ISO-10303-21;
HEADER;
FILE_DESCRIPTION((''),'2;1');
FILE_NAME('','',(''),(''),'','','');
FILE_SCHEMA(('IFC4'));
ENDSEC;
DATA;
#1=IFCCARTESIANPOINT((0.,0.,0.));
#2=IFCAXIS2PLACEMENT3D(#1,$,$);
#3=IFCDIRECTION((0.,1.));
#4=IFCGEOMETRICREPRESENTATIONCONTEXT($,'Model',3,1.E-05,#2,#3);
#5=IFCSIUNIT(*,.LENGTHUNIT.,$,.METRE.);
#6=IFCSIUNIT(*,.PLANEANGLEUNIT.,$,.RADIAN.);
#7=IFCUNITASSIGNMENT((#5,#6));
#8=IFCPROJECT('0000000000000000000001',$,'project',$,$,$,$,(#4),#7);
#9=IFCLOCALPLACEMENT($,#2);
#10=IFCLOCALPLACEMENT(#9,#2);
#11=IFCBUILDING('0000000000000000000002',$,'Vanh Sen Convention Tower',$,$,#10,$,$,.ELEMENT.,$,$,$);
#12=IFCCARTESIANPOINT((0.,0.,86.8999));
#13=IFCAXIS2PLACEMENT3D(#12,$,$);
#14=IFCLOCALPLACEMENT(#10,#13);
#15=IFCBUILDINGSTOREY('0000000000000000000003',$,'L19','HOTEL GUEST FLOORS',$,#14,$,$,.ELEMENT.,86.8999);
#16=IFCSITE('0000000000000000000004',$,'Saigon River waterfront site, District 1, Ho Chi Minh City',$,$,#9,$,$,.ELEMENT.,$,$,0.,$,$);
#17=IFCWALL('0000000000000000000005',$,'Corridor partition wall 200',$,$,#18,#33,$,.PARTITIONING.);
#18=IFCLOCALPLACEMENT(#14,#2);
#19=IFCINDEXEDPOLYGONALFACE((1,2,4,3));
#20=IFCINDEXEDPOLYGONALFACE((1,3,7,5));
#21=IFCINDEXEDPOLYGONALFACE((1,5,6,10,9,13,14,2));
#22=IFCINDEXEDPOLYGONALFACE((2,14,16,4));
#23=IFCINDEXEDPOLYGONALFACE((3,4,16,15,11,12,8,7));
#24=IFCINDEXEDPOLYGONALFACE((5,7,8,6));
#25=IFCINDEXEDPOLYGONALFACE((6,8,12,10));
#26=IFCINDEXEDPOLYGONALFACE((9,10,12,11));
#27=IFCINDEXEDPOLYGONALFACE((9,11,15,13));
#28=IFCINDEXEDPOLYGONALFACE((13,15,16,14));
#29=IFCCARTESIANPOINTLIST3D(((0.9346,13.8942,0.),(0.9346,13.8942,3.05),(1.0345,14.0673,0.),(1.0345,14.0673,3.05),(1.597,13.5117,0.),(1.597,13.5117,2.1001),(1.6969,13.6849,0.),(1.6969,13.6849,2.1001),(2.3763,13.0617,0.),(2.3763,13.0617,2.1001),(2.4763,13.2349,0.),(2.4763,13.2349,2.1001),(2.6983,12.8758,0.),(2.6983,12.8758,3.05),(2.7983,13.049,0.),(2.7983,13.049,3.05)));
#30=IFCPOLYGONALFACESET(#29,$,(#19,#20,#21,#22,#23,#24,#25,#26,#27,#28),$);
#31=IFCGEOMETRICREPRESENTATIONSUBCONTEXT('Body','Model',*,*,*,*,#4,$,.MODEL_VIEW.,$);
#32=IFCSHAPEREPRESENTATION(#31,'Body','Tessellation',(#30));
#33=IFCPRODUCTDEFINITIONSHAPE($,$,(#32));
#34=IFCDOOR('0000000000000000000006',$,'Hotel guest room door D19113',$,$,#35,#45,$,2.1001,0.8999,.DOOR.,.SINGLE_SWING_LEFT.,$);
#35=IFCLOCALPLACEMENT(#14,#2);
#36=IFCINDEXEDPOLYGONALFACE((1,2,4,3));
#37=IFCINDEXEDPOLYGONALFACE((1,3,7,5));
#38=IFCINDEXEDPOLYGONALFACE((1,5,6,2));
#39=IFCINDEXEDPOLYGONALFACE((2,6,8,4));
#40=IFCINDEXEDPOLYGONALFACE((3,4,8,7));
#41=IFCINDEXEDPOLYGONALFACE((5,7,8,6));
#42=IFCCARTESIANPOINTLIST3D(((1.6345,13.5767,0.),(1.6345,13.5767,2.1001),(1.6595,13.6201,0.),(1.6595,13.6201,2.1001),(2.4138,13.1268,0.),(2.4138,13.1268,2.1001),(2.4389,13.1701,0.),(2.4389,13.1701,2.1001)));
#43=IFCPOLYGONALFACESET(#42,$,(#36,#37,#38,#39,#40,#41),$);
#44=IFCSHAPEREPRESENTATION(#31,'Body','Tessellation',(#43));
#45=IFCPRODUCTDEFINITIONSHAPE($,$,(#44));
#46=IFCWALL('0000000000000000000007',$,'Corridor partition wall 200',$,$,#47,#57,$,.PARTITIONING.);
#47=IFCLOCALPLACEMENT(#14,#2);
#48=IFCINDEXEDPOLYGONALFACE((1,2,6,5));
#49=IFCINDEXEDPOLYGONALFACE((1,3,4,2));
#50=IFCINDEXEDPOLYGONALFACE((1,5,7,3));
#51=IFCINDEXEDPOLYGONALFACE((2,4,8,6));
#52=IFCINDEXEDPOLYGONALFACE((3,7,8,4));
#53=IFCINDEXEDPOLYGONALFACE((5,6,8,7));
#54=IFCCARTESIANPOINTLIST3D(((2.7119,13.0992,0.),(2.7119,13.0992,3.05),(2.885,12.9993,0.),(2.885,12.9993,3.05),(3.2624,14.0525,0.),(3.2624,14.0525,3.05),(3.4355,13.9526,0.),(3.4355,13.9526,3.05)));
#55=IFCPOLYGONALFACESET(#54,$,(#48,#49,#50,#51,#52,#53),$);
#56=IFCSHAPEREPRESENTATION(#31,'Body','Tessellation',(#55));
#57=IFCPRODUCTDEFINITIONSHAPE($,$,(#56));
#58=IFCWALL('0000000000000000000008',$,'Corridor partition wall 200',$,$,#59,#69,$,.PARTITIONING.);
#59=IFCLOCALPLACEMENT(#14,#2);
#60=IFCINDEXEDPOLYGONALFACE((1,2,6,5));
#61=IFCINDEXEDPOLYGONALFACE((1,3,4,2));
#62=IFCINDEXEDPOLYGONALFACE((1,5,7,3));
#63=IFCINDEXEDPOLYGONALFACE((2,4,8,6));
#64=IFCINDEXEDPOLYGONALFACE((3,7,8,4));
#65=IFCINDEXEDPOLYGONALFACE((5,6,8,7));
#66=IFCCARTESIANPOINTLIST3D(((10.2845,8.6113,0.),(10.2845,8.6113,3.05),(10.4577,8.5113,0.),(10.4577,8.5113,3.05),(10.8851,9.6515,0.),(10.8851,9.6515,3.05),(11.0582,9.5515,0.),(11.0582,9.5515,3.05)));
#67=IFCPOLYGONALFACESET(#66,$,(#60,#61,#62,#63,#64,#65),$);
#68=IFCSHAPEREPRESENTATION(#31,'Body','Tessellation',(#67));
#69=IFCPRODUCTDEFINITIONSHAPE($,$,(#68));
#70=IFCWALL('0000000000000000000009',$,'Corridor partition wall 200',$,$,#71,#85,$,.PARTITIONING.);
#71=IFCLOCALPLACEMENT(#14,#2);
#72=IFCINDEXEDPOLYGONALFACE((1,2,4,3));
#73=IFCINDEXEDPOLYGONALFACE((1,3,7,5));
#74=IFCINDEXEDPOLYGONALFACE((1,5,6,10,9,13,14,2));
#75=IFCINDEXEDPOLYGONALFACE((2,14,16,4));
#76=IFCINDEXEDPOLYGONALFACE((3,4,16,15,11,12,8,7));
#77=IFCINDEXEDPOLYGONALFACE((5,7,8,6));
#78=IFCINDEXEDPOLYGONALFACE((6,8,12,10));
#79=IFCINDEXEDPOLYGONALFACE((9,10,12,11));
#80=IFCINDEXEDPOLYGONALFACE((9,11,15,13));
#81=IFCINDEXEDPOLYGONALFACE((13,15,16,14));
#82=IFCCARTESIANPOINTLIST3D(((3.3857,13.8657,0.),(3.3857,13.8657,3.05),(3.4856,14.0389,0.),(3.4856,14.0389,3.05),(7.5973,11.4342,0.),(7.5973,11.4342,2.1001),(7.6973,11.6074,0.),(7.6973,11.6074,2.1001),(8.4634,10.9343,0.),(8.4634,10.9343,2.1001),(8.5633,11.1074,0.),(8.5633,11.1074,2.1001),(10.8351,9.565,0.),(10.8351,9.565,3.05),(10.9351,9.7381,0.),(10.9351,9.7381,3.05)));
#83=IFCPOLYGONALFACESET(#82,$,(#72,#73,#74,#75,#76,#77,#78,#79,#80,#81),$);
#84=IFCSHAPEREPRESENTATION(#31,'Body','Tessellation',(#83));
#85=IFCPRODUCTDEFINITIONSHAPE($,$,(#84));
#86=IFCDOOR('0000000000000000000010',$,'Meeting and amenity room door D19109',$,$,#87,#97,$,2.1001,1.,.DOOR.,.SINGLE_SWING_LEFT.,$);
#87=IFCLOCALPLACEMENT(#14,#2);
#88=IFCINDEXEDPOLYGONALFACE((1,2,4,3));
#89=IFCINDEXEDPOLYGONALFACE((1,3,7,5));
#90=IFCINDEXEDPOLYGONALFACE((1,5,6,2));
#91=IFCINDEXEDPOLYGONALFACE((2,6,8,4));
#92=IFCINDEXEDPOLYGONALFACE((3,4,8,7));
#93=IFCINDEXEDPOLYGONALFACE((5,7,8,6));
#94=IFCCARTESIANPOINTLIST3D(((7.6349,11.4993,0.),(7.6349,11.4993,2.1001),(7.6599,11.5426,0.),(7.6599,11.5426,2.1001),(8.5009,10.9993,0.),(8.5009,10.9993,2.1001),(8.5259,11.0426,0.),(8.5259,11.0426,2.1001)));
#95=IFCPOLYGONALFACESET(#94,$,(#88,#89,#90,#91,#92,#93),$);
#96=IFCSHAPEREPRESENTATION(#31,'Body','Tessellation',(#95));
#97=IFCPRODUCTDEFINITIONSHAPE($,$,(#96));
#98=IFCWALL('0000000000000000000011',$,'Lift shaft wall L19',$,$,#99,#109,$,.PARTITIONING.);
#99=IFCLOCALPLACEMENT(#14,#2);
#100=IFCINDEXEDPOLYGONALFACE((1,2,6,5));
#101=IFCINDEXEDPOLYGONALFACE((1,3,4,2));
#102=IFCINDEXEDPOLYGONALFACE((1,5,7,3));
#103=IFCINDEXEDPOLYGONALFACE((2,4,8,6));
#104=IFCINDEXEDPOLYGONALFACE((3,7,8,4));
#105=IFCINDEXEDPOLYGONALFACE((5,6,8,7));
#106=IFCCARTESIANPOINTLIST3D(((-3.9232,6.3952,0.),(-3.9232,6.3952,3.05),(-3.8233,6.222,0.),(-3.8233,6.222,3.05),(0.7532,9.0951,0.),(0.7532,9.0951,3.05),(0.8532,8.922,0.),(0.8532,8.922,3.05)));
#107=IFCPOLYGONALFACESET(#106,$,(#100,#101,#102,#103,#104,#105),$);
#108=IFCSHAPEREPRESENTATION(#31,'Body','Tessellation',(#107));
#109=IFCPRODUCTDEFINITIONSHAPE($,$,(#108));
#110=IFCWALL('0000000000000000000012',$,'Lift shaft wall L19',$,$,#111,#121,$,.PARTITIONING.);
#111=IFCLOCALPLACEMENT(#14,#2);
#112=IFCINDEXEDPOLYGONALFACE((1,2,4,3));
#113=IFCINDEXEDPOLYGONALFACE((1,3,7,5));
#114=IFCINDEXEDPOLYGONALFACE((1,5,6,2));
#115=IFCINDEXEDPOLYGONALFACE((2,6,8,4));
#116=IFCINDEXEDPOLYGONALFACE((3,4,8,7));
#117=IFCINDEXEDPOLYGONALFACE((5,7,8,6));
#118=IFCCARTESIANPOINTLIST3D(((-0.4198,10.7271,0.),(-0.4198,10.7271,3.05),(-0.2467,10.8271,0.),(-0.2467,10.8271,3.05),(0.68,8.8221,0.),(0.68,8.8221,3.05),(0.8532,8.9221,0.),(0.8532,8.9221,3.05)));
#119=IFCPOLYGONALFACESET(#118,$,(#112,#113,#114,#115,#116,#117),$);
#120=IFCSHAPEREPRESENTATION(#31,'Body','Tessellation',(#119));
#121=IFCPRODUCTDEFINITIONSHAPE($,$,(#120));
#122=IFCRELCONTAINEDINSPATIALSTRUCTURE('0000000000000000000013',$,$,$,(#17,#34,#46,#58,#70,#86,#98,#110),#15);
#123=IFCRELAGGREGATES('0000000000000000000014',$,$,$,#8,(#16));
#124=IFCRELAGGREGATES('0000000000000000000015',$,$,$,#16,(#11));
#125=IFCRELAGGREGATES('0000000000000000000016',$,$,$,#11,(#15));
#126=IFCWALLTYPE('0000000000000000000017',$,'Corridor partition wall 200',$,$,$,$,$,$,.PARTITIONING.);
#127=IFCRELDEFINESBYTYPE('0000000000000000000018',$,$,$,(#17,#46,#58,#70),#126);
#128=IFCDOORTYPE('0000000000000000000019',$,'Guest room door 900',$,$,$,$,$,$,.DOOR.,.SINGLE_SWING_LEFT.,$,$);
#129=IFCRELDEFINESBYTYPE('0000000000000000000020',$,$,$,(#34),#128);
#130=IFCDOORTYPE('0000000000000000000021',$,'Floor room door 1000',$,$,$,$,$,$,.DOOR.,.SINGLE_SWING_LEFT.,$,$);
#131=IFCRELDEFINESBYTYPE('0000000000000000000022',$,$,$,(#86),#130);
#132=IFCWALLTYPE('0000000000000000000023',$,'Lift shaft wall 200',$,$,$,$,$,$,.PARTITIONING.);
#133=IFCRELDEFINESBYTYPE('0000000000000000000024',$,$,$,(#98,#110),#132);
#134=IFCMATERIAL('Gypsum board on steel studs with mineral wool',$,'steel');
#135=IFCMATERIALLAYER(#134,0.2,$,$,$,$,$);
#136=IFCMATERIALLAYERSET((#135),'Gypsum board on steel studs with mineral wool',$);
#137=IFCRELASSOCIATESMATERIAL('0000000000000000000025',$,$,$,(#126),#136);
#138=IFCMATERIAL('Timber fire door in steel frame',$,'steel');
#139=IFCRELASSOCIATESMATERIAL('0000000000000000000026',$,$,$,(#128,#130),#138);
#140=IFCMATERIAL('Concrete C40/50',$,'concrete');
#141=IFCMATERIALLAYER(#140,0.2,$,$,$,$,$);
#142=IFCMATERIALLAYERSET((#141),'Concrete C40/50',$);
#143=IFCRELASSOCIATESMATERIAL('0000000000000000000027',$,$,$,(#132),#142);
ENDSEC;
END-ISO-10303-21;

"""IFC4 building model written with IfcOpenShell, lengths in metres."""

from ifc_helpers import new_model, si_unit, direction, frame, frame_2d, origin, place, context, subcontext, project, spatial, rectangle, extrude, material, layer, layer_set, type_object, element, fill, save


model = new_model("IFC4")

# Units and contexts
model_context = context("Model", 3, precision=1e-05, world=origin(), true_north=direction((0.0, 1.0)))
body_context = subcontext(model_context, "Body", "Model", "MODEL_VIEW")
ifc_project = project(units=[si_unit("LENGTHUNIT", "METRE"), si_unit("PLANEANGLEUNIT", "RADIAN")], contexts=[model_context])

# Site, building, storey
site_placement = place(None, origin())
site = spatial("IfcSite", under=ifc_project, at=site_placement, Name="Saigon River waterfront site, District 1, Ho Chi Minh City", CompositionType="ELEMENT", RefElevation=0.0)
building_placement = place(site_placement, origin())
building = spatial("IfcBuilding", under=site, at=building_placement, Name="Vanh Sen Convention Tower", CompositionType="ELEMENT")
storey_placement = place(building_placement, frame((0.0, 0.0, 86.8999)))
storey = spatial("IfcBuildingStorey", under=building, at=storey_placement, Name="L19", Description="HOTEL GUEST FLOORS", CompositionType="ELEMENT", Elevation=86.8999)

# Wall, opening, door
ifc_material_1 = material(Name="Gypsum board on steel studs with mineral wool", Category="steel")
ifc_layer_1 = layer(ifc_material_1, 0.2)
ifc_layer_set_1 = layer_set([ifc_layer_1], Name="Gypsum board on steel studs with mineral wool")
wall_type_1 = type_object("IfcWallType", Name="Corridor partition wall 200", PredefinedType="PARTITIONING", material=ifc_layer_set_1)
ifc_material_2 = material(Name="Timber fire door in steel frame", Category="steel")
door_type_1 = type_object("IfcDoorType", Name="Guest room door 900", OperationType="SINGLE_SWING_LEFT", PredefinedType="DOOR", material=ifc_material_2)
wall_1_placement = place(storey_placement, frame((2.7483, 12.9624, 0.0), z_axis=(0.0, 0.0, 1.0), x_axis=(-0.866014, 0.50002, 0.0)))
wall_1 = element("IfcWall", 1, at=wall_1_placement, inside=storey, type_object=wall_type_1, Name="Corridor partition wall 200", PredefinedType="PARTITIONING", context=body_context, shape_type="SweptSolid", body=[
    extrude(rectangle(XDim=2.0366, YDim=0.2, at=frame_2d((1.0183, 0.0))), origin(), (0.0, 0.0, 1.0), 3.05),
])
opening_1_placement = place(wall_1_placement, frame((0.3718, 0.0, 0.0)))
opening_1 = element("IfcOpeningElement", 2, at=opening_1_placement, cuts=wall_1, PredefinedType="OPENING", context=body_context, shape_type="SweptSolid", body=[
    extrude(rectangle(XDim=0.8999, YDim=2.1001, at=frame_2d((0.45, 1.05))), frame((0.0, 0.1099, 0.0), z_axis=(0.0, -1.0, 0.0), x_axis=(1.0, 0.0, 0.0)), (0.0, 0.0, 1.0), 0.22),
])
door_1_placement = place(opening_1_placement, origin())
door_1 = element("IfcDoor", 3, at=door_1_placement, inside=storey, type_object=door_type_1, Name="Hotel guest room door D19113", OperationType="SINGLE_SWING_LEFT", OverallHeight=2.1001, OverallWidth=0.8999, PredefinedType="DOOR", context=body_context, shape_type="SweptSolid", body=[
    extrude(rectangle(XDim=0.8999, YDim=2.1001, at=frame_2d((0.45, 1.05))), frame((0.0, 0.0249, 0.0), z_axis=(0.0, -1.0, 0.0), x_axis=(1.0, 0.0, 0.0)), (0.0, 0.0, 1.0), 0.05),
])
fill(opening_1, door_1)

# Walls
wall_2_placement = place(storey_placement, frame((3.3489, 14.0024, 0.0), z_axis=(0.0, 0.0, 1.0), x_axis=(-0.500074, -0.865982, 0.0)))
element("IfcWall", 4, at=wall_2_placement, inside=storey, type_object=wall_type_1, Name="Corridor partition wall 200", PredefinedType="PARTITIONING", context=body_context, shape_type="SweptSolid", body=[
    extrude(rectangle(XDim=1.1008, YDim=0.2, at=frame_2d((0.5503, 0.0))), origin(), (0.0, 0.0, 1.0), 3.05),
])
wall_3_placement = place(storey_placement, frame((10.3711, 8.5613, 0.0), z_axis=(0.0, 0.0, 1.0), x_axis=(0.499986, 0.866033, 0.0)))
element("IfcWall", 5, at=wall_3_placement, inside=storey, type_object=wall_type_1, Name="Corridor partition wall 200", PredefinedType="PARTITIONING", context=body_context, shape_type="SweptSolid", body=[
    extrude(rectangle(XDim=1.2012, YDim=0.2, at=frame_2d((0.6006, 0.0))), origin(), (0.0, 0.0, 1.0), 3.05),
])

# Wall, opening, door
wall_4_placement = place(storey_placement, frame((10.885, 9.6516, 0.0), z_axis=(0.0, 0.0, 1.0), x_axis=(-0.866034, 0.499985, 0.0)))
wall_4 = element("IfcWall", 6, at=wall_4_placement, inside=storey, type_object=wall_type_1, Name="Corridor partition wall 200", PredefinedType="PARTITIONING", context=body_context, shape_type="SweptSolid", body=[
    extrude(rectangle(XDim=8.6018, YDim=0.2, at=frame_2d((4.3008, 0.0))), origin(), (0.0, 0.0, 1.0), 3.05),
])
opening_2_placement = place(wall_4_placement, frame((2.7385, 0.0, 0.0)))
opening_2 = element("IfcOpeningElement", 7, at=opening_2_placement, cuts=wall_4, PredefinedType="OPENING", context=body_context, shape_type="SweptSolid", body=[
    extrude(rectangle(XDim=1.0, YDim=2.1001, at=frame_2d((0.5, 1.05))), frame((0.0, 0.1099, 0.0), z_axis=(0.0, -1.0, 0.0), x_axis=(1.0, 0.0, 0.0)), (0.0, 0.0, 1.0), 0.22),
])
door_type_2 = type_object("IfcDoorType", Name="Floor room door 1000", OperationType="SINGLE_SWING_LEFT", PredefinedType="DOOR", material=ifc_material_2)
door_2_placement = place(opening_2_placement, origin())
door_2 = element("IfcDoor", 8, at=door_2_placement, inside=storey, type_object=door_type_2, Name="Meeting and amenity room door D19109", OperationType="SINGLE_SWING_LEFT", OverallHeight=2.1001, OverallWidth=1.0, PredefinedType="DOOR", context=body_context, shape_type="SweptSolid", body=[
    extrude(rectangle(XDim=1.0, YDim=2.1001, at=frame_2d((0.5, 1.05))), frame((0.0, 0.0249, 0.0), z_axis=(0.0, -1.0, 0.0), x_axis=(1.0, 0.0, 0.0)), (0.0, 0.0, 1.0), 0.05),
])
fill(opening_2, door_2)

# Walls
ifc_material_3 = material(Name="Concrete C40/50", Category="concrete")
ifc_layer_2 = layer(ifc_material_3, 0.2)
ifc_layer_set_2 = layer_set([ifc_layer_2], Name="Concrete C40/50")
wall_type_2 = type_object("IfcWallType", Name="Lift shaft wall 200", PredefinedType="PARTITIONING", material=ifc_layer_set_2)
wall_5_placement = place(storey_placement, frame((0.8032, 9.0085, 0.0), z_axis=(0.0, 0.0, 1.0), x_axis=(-0.866028, -0.499995, 0.0)))
element("IfcWall", 9, at=wall_5_placement, inside=storey, type_object=wall_type_2, Name="Lift shaft wall L19", PredefinedType="PARTITIONING", context=body_context, shape_type="SweptSolid", body=[
    extrude(rectangle(XDim=5.3999, YDim=0.2, at=frame_2d((2.7, 0.0))), origin(), (0.0, 0.0, 1.0), 3.05),
])
wall_6_placement = place(storey_placement, frame((0.7666, 8.8721, 0.0), z_axis=(0.0, 0.0, 1.0), x_axis=(-0.499995, 0.866028, 0.0)))
element("IfcWall", 10, at=wall_6_placement, inside=storey, type_object=wall_type_2, Name="Lift shaft wall L19", PredefinedType="PARTITIONING", context=body_context, shape_type="SweptSolid", body=[
    extrude(rectangle(XDim=2.1997, YDim=0.2, at=frame_2d((1.0999, 0.0))), origin(), (0.0, 0.0, 1.0), 3.05),
])

save(model, "model.ifc")
